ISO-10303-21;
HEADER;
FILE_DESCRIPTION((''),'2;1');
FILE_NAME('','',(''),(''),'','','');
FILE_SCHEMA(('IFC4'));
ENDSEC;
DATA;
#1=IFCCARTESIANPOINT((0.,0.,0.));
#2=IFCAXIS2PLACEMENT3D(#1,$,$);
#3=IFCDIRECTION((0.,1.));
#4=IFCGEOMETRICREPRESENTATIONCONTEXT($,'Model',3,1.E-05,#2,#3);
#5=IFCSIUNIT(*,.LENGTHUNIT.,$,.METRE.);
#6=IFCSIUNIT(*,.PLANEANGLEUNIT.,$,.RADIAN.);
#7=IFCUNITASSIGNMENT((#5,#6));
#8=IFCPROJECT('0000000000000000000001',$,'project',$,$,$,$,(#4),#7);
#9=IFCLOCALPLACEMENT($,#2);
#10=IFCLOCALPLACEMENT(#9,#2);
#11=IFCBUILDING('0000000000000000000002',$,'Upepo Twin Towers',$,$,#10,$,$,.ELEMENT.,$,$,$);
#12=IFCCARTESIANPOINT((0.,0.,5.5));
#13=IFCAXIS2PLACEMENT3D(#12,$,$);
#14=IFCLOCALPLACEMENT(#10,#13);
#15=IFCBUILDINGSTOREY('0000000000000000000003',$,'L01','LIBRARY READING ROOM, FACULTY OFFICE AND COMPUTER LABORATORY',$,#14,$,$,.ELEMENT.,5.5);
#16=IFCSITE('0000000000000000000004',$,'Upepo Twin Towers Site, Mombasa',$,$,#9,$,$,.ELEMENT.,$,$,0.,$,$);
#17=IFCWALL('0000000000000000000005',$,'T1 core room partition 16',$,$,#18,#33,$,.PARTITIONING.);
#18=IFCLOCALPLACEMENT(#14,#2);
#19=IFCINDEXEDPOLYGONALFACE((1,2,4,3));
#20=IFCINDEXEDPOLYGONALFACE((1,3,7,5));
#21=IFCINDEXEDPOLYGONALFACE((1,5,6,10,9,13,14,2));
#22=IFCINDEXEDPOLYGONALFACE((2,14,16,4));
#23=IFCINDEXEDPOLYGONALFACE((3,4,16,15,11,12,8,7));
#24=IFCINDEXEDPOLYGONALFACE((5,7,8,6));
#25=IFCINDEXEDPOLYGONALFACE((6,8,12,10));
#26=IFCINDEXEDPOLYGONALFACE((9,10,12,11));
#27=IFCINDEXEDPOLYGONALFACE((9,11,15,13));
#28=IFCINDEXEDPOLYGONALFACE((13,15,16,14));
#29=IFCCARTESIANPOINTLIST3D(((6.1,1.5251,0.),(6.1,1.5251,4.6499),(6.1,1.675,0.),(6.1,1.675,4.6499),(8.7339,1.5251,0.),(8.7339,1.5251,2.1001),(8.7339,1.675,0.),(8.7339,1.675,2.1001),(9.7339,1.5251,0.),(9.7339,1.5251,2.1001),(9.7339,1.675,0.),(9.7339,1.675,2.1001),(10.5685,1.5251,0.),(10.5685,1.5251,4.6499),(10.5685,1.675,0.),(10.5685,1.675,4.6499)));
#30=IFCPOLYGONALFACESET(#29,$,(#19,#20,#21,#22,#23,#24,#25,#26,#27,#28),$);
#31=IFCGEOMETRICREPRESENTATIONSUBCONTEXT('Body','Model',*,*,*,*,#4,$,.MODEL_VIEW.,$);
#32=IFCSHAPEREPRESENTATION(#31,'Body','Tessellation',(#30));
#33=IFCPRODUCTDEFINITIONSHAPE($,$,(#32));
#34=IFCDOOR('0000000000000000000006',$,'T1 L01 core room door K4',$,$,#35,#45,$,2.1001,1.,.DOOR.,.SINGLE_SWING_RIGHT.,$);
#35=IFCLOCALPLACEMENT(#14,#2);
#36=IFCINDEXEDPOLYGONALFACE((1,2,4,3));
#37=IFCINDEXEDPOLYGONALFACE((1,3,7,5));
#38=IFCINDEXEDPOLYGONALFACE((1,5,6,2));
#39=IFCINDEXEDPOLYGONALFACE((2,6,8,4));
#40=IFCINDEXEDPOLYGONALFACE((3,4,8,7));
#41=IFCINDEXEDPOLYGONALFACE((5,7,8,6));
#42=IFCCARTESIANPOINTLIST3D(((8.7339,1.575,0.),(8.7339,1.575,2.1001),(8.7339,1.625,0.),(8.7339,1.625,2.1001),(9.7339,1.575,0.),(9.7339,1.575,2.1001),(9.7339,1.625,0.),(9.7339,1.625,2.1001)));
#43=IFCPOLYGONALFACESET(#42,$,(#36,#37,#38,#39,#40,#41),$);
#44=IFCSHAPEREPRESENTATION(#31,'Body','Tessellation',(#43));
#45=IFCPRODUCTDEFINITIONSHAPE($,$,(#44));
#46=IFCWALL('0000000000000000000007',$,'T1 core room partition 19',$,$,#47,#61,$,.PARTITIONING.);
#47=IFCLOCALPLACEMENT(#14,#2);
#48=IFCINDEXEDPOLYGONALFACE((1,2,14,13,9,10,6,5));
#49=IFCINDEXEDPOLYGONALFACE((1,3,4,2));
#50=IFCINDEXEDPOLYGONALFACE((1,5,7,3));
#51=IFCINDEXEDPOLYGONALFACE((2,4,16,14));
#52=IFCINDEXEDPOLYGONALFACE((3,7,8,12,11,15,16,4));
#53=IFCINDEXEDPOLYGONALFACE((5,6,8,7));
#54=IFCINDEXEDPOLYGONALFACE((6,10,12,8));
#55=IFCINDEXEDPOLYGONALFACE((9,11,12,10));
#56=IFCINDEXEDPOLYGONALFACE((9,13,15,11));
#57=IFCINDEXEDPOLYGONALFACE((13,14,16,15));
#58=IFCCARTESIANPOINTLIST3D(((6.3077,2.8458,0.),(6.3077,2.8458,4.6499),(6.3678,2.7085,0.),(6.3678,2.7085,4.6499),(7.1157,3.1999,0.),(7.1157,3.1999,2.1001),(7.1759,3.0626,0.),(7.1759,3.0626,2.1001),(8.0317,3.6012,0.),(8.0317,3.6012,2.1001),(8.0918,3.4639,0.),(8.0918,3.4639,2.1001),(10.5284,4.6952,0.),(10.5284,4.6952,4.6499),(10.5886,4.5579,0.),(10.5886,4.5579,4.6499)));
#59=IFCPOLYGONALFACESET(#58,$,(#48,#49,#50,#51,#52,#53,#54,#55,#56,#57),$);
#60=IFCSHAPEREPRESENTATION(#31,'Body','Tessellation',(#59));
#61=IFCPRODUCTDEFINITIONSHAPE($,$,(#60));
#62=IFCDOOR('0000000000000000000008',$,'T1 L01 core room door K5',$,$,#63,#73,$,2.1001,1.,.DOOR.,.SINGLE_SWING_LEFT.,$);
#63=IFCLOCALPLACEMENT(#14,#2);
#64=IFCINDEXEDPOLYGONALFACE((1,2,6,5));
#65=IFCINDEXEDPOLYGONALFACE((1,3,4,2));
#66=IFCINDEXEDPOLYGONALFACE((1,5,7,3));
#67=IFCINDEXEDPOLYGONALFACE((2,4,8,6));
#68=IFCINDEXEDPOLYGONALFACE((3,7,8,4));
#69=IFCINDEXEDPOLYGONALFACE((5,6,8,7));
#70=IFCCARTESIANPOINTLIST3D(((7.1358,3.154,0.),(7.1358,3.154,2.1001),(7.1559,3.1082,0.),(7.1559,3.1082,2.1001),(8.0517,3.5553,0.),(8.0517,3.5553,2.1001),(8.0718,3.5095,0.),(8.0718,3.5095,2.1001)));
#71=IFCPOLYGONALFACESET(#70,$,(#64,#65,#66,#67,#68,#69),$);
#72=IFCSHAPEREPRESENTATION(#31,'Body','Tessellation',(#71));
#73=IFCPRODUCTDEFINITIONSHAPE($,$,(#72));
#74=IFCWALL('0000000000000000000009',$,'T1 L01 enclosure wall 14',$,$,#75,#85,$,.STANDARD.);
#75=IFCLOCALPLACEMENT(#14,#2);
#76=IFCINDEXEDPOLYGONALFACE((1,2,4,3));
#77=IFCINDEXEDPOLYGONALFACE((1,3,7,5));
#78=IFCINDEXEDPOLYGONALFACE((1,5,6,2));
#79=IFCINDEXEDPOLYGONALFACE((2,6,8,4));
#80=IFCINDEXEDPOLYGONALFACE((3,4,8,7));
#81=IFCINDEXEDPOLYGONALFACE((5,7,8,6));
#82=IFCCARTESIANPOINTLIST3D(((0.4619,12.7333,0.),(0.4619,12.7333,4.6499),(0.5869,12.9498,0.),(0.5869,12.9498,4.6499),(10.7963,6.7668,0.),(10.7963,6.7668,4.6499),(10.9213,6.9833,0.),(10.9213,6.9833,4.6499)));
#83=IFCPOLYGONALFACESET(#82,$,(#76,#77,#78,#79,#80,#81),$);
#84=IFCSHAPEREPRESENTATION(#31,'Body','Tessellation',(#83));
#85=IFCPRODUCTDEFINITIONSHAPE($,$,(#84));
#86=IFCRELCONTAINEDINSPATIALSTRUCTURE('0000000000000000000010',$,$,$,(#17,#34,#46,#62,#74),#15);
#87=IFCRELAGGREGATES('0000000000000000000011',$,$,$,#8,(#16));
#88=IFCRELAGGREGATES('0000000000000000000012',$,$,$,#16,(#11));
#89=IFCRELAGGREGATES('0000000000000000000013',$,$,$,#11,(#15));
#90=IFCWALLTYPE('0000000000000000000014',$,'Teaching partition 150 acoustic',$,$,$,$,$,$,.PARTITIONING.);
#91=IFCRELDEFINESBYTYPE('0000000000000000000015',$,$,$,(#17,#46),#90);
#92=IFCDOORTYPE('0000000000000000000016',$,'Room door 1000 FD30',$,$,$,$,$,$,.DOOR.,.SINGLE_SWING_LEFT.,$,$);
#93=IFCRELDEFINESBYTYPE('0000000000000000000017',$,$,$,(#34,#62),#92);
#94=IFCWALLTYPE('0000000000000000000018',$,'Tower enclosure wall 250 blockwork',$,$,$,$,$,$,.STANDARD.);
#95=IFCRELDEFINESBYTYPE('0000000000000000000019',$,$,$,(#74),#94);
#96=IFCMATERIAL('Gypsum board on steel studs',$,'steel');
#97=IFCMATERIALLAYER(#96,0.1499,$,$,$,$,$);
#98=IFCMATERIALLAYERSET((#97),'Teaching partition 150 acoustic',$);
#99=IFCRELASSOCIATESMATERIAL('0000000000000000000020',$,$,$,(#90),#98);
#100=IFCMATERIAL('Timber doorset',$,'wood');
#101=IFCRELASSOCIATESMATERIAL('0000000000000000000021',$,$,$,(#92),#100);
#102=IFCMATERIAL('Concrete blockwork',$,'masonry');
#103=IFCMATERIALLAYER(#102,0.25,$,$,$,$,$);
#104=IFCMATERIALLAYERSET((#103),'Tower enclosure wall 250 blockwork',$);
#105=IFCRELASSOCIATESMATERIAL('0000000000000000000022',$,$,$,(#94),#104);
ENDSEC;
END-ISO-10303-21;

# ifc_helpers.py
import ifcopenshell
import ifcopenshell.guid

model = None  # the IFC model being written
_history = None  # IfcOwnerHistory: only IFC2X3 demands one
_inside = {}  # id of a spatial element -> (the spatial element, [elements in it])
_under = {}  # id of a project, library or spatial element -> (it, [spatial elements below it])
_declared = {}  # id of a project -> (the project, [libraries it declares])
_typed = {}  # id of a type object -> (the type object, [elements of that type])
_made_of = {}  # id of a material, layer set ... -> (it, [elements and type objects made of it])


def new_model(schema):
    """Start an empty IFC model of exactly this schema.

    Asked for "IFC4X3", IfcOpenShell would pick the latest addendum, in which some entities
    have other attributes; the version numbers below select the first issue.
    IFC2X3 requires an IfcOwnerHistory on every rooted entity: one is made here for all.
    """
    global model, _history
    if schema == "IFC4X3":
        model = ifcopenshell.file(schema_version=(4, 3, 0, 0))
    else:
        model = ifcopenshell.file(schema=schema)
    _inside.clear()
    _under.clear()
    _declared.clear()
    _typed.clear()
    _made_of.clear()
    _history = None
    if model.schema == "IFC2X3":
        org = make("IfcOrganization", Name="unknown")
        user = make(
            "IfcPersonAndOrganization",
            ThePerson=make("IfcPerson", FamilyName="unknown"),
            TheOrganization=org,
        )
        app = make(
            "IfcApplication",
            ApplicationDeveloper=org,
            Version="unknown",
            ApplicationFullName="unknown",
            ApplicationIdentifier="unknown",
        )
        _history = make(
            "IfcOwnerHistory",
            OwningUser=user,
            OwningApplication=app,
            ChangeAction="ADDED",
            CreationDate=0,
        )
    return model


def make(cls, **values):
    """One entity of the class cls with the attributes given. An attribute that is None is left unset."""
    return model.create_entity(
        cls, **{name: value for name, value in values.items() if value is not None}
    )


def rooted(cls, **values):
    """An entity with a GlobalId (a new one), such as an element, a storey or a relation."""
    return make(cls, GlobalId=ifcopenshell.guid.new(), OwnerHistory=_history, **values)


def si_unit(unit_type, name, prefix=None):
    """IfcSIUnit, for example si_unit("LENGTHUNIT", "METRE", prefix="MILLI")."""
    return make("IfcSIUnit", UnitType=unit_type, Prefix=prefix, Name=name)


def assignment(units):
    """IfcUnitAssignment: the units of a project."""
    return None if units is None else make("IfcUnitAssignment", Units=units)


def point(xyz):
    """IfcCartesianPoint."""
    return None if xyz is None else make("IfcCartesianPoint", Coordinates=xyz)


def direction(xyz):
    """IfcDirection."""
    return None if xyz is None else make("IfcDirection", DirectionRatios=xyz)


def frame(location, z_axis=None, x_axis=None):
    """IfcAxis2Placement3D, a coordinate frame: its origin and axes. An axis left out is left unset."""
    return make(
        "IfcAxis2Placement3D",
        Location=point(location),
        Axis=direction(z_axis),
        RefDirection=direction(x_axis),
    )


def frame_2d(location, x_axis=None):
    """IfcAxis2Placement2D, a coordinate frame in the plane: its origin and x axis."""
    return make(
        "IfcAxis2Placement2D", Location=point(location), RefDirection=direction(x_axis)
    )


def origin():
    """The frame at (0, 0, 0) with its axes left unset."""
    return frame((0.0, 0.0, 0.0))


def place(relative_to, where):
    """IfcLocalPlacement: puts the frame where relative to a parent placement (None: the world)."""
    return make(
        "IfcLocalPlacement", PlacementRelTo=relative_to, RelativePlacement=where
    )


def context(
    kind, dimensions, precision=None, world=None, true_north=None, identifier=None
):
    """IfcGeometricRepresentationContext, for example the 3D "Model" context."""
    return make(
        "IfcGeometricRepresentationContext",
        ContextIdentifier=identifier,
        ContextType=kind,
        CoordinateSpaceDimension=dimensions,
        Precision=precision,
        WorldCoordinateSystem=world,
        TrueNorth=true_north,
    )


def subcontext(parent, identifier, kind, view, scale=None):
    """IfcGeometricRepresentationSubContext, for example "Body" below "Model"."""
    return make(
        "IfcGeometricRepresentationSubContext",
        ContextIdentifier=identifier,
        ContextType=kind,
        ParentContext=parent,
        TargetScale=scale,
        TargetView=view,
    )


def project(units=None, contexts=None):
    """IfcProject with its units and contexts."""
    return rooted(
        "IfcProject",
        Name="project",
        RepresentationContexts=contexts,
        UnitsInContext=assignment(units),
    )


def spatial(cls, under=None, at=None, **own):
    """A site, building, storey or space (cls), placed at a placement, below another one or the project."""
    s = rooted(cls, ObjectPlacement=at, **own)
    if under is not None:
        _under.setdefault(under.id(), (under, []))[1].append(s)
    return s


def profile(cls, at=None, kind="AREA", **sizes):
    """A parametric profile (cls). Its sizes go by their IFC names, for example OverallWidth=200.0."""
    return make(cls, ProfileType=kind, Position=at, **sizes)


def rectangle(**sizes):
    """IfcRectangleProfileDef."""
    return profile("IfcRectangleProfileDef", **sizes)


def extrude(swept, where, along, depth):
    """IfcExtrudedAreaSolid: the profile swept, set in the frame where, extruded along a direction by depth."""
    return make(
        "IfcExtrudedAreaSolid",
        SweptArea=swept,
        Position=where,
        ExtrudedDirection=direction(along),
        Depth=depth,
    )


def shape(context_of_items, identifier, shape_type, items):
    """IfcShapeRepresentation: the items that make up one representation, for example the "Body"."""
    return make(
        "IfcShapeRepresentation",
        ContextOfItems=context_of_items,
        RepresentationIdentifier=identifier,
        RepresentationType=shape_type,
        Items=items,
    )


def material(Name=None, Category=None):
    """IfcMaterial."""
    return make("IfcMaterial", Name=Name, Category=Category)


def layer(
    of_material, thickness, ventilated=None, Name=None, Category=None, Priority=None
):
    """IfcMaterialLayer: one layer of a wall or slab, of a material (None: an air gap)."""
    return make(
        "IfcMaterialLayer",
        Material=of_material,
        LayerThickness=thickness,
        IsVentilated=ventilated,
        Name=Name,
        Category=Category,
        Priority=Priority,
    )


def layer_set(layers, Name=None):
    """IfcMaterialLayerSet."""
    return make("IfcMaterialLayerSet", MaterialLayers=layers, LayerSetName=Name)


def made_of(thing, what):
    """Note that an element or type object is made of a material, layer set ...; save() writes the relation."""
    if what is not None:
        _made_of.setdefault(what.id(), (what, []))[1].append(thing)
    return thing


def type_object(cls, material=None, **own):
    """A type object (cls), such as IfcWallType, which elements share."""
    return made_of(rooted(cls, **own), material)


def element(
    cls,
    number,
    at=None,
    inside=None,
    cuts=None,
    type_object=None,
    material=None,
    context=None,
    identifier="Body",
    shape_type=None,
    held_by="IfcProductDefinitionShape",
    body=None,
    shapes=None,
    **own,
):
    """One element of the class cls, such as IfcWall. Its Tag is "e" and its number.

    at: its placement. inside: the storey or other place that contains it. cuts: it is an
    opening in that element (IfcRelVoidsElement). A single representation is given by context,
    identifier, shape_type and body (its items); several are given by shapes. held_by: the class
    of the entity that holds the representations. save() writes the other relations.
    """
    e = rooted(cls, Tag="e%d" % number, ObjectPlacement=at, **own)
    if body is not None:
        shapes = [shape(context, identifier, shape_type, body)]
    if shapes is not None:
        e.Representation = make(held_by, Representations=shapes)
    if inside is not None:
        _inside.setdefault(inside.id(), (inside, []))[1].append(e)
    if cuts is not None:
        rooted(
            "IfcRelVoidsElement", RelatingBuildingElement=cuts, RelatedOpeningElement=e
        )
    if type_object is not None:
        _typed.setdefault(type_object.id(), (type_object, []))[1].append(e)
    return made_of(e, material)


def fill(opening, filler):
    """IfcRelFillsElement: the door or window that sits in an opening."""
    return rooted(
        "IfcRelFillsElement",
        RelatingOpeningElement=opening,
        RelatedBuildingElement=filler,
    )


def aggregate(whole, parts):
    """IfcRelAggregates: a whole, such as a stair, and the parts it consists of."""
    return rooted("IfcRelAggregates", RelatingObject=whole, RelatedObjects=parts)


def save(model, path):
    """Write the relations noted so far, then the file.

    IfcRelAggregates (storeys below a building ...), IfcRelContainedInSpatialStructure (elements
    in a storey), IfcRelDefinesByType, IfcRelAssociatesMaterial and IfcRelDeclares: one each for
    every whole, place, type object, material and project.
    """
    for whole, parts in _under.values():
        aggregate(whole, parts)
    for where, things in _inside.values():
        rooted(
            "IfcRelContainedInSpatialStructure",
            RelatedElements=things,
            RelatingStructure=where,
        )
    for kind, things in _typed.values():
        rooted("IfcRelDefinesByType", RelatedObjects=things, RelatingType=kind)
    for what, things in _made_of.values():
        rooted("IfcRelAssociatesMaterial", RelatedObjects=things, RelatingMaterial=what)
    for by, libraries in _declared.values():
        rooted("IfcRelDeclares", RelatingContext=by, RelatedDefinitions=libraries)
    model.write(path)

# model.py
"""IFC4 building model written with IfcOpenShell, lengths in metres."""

from ifc_helpers import new_model, si_unit, direction, frame, frame_2d, origin, place, context, subcontext, project, spatial, rectangle, extrude, material, layer, layer_set, type_object, element, fill, save


model = new_model("IFC4")

# Units and contexts
model_context = context("Model", 3, precision=1e-05, world=origin(), true_north=direction((0.0, 1.0)))
body_context = subcontext(model_context, "Body", "Model", "MODEL_VIEW")
ifc_project = project(units=[si_unit("LENGTHUNIT", "METRE"), si_unit("PLANEANGLEUNIT", "RADIAN")], contexts=[model_context])

# Site, building, storey
site_placement = place(None, origin())
site = spatial("IfcSite", under=ifc_project, at=site_placement, Name="Upepo Twin Towers Site, Mombasa", CompositionType="ELEMENT", RefElevation=0.0)
building_placement = place(site_placement, origin())
building = spatial("IfcBuilding", under=site, at=building_placement, Name="Upepo Twin Towers", CompositionType="ELEMENT")
storey_placement = place(building_placement, frame((0.0, 0.0, 5.5)))
storey = spatial("IfcBuildingStorey", under=building, at=storey_placement, Name="L01", Description="LIBRARY READING ROOM, FACULTY OFFICE AND COMPUTER LABORATORY", CompositionType="ELEMENT", Elevation=5.5)

# Shared definitions
ifc_material_1 = material(Name="Gypsum board on steel studs", Category="steel")
ifc_layer_1 = layer(ifc_material_1, 0.1499)
ifc_layer_set_1 = layer_set([ifc_layer_1], Name="Teaching partition 150 acoustic")
wall_type_1 = type_object("IfcWallType", Name="Teaching partition 150 acoustic", PredefinedType="PARTITIONING", material=ifc_layer_set_1)

# Walls, openings, doors
wall_1_placement = place(storey_placement, frame((6.0999, 1.6001, 0.0), z_axis=(0.0, 0.0, 1.0), x_axis=(1.0, 0.0, 0.0)))
wall_1 = element("IfcWall", 1, at=wall_1_placement, inside=storey, type_object=wall_type_1, Name="T1 core room partition 16", PredefinedType="PARTITIONING", context=body_context, shape_type="SweptSolid", body=[
    extrude(rectangle(XDim=4.4685, YDim=0.1499, at=frame_2d((2.2344, 0.0))), origin(), (0.0, 0.0, 1.0), 4.6499),
])
opening_1_placement = place(wall_1_placement, frame((2.634, 0.0, 0.0)))
opening_1 = element("IfcOpeningElement", 2, at=opening_1_placement, cuts=wall_1, PredefinedType="OPENING", context=body_context, shape_type="SweptSolid", body=[
    extrude(rectangle(XDim=1.0, YDim=2.1001, at=frame_2d((0.5, 1.05))), frame((0.0, 0.085, 0.0), z_axis=(0.0, -1.0, 0.0), x_axis=(1.0, 0.0, 0.0)), (0.0, 0.0, 1.0), 0.1699),
])
ifc_material_2 = material(Name="Timber doorset", Category="wood")
door_type_1 = type_object("IfcDoorType", Name="Room door 1000 FD30", OperationType="SINGLE_SWING_LEFT", PredefinedType="DOOR", material=ifc_material_2)
door_1_placement = place(opening_1_placement, origin())
door_1 = element("IfcDoor", 3, at=door_1_placement, inside=storey, type_object=door_type_1, Name="T1 L01 core room door K4", OperationType="SINGLE_SWING_RIGHT", OverallHeight=2.1001, OverallWidth=1.0, PredefinedType="DOOR", context=body_context, shape_type="SweptSolid", body=[
    extrude(rectangle(XDim=1.0, YDim=2.1001, at=frame_2d((0.5, 1.05))), frame((0.0, 0.0249, 0.0), z_axis=(0.0, -1.0, 0.0), x_axis=(1.0, 0.0, 0.0)), (0.0, 0.0, 1.0), 0.05),
])
fill(opening_1, door_1)
wall_2_placement = place(storey_placement, frame((6.3376, 2.7771, 0.0), z_axis=(0.0, 0.0, 1.0), x_axis=(0.915933, 0.40133, 0.0)))
wall_2 = element("IfcWall", 4, at=wall_2_placement, inside=storey, type_object=wall_type_1, Name="T1 core room partition 19", PredefinedType="PARTITIONING", context=body_context, shape_type="SweptSolid", body=[
    extrude(rectangle(XDim=4.6082, YDim=0.1499, at=frame_2d((2.3042, 0.0))), origin(), (0.0, 0.0, 1.0), 4.6499),
])
opening_2_placement = place(wall_2_placement, frame((0.8823, 0.0, 0.0)))
opening_2 = element("IfcOpeningElement", 5, at=opening_2_placement, cuts=wall_2, PredefinedType="OPENING", context=body_context, shape_type="SweptSolid", body=[
    extrude(rectangle(XDim=1.0, YDim=2.1001, at=frame_2d((0.5, 1.05))), frame((0.0, 0.085, 0.0), z_axis=(0.0, -1.0, 0.0), x_axis=(1.0, 0.0, 0.0)), (0.0, 0.0, 1.0), 0.1699),
])
door_2_placement = place(opening_2_placement, origin())
door_2 = element("IfcDoor", 6, at=door_2_placement, inside=storey, type_object=door_type_1, Name="T1 L01 core room door K5", OperationType="SINGLE_SWING_LEFT", OverallHeight=2.1001, OverallWidth=1.0, PredefinedType="DOOR", context=body_context, shape_type="SweptSolid", body=[
    extrude(rectangle(XDim=1.0, YDim=2.1001, at=frame_2d((0.5, 1.05))), frame((0.0, 0.0249, 0.0), z_axis=(0.0, -1.0, 0.0), x_axis=(1.0, 0.0, 0.0)), (0.0, 0.0, 1.0), 0.05),
])
fill(opening_2, door_2)

# Wall
ifc_material_3 = material(Name="Concrete blockwork", Category="masonry")
ifc_layer_2 = layer(ifc_material_3, 0.25)
ifc_layer_set_2 = layer_set([ifc_layer_2], Name="Tower enclosure wall 250 blockwork")
wall_type_2 = type_object("IfcWallType", Name="Tower enclosure wall 250 blockwork", PredefinedType="STANDARD", material=ifc_layer_set_2)
wall_3_placement = place(storey_placement, frame((0.5244, 12.8416, 0.0), z_axis=(0.0, 0.0, 1.0), x_axis=(0.866028, -0.499996, 0.0)))
element("IfcWall", 7, at=wall_3_placement, inside=storey, type_object=wall_type_2, Name="T1 L01 enclosure wall 14", PredefinedType="STANDARD", context=body_context, shape_type="SweptSolid", body=[
    extrude(rectangle(XDim=11.9331, YDim=0.25, at=frame_2d((5.9666, 0.0))), origin(), (0.0, 0.0, 1.0), 4.6499),
])

save(model, "model.ifc")
